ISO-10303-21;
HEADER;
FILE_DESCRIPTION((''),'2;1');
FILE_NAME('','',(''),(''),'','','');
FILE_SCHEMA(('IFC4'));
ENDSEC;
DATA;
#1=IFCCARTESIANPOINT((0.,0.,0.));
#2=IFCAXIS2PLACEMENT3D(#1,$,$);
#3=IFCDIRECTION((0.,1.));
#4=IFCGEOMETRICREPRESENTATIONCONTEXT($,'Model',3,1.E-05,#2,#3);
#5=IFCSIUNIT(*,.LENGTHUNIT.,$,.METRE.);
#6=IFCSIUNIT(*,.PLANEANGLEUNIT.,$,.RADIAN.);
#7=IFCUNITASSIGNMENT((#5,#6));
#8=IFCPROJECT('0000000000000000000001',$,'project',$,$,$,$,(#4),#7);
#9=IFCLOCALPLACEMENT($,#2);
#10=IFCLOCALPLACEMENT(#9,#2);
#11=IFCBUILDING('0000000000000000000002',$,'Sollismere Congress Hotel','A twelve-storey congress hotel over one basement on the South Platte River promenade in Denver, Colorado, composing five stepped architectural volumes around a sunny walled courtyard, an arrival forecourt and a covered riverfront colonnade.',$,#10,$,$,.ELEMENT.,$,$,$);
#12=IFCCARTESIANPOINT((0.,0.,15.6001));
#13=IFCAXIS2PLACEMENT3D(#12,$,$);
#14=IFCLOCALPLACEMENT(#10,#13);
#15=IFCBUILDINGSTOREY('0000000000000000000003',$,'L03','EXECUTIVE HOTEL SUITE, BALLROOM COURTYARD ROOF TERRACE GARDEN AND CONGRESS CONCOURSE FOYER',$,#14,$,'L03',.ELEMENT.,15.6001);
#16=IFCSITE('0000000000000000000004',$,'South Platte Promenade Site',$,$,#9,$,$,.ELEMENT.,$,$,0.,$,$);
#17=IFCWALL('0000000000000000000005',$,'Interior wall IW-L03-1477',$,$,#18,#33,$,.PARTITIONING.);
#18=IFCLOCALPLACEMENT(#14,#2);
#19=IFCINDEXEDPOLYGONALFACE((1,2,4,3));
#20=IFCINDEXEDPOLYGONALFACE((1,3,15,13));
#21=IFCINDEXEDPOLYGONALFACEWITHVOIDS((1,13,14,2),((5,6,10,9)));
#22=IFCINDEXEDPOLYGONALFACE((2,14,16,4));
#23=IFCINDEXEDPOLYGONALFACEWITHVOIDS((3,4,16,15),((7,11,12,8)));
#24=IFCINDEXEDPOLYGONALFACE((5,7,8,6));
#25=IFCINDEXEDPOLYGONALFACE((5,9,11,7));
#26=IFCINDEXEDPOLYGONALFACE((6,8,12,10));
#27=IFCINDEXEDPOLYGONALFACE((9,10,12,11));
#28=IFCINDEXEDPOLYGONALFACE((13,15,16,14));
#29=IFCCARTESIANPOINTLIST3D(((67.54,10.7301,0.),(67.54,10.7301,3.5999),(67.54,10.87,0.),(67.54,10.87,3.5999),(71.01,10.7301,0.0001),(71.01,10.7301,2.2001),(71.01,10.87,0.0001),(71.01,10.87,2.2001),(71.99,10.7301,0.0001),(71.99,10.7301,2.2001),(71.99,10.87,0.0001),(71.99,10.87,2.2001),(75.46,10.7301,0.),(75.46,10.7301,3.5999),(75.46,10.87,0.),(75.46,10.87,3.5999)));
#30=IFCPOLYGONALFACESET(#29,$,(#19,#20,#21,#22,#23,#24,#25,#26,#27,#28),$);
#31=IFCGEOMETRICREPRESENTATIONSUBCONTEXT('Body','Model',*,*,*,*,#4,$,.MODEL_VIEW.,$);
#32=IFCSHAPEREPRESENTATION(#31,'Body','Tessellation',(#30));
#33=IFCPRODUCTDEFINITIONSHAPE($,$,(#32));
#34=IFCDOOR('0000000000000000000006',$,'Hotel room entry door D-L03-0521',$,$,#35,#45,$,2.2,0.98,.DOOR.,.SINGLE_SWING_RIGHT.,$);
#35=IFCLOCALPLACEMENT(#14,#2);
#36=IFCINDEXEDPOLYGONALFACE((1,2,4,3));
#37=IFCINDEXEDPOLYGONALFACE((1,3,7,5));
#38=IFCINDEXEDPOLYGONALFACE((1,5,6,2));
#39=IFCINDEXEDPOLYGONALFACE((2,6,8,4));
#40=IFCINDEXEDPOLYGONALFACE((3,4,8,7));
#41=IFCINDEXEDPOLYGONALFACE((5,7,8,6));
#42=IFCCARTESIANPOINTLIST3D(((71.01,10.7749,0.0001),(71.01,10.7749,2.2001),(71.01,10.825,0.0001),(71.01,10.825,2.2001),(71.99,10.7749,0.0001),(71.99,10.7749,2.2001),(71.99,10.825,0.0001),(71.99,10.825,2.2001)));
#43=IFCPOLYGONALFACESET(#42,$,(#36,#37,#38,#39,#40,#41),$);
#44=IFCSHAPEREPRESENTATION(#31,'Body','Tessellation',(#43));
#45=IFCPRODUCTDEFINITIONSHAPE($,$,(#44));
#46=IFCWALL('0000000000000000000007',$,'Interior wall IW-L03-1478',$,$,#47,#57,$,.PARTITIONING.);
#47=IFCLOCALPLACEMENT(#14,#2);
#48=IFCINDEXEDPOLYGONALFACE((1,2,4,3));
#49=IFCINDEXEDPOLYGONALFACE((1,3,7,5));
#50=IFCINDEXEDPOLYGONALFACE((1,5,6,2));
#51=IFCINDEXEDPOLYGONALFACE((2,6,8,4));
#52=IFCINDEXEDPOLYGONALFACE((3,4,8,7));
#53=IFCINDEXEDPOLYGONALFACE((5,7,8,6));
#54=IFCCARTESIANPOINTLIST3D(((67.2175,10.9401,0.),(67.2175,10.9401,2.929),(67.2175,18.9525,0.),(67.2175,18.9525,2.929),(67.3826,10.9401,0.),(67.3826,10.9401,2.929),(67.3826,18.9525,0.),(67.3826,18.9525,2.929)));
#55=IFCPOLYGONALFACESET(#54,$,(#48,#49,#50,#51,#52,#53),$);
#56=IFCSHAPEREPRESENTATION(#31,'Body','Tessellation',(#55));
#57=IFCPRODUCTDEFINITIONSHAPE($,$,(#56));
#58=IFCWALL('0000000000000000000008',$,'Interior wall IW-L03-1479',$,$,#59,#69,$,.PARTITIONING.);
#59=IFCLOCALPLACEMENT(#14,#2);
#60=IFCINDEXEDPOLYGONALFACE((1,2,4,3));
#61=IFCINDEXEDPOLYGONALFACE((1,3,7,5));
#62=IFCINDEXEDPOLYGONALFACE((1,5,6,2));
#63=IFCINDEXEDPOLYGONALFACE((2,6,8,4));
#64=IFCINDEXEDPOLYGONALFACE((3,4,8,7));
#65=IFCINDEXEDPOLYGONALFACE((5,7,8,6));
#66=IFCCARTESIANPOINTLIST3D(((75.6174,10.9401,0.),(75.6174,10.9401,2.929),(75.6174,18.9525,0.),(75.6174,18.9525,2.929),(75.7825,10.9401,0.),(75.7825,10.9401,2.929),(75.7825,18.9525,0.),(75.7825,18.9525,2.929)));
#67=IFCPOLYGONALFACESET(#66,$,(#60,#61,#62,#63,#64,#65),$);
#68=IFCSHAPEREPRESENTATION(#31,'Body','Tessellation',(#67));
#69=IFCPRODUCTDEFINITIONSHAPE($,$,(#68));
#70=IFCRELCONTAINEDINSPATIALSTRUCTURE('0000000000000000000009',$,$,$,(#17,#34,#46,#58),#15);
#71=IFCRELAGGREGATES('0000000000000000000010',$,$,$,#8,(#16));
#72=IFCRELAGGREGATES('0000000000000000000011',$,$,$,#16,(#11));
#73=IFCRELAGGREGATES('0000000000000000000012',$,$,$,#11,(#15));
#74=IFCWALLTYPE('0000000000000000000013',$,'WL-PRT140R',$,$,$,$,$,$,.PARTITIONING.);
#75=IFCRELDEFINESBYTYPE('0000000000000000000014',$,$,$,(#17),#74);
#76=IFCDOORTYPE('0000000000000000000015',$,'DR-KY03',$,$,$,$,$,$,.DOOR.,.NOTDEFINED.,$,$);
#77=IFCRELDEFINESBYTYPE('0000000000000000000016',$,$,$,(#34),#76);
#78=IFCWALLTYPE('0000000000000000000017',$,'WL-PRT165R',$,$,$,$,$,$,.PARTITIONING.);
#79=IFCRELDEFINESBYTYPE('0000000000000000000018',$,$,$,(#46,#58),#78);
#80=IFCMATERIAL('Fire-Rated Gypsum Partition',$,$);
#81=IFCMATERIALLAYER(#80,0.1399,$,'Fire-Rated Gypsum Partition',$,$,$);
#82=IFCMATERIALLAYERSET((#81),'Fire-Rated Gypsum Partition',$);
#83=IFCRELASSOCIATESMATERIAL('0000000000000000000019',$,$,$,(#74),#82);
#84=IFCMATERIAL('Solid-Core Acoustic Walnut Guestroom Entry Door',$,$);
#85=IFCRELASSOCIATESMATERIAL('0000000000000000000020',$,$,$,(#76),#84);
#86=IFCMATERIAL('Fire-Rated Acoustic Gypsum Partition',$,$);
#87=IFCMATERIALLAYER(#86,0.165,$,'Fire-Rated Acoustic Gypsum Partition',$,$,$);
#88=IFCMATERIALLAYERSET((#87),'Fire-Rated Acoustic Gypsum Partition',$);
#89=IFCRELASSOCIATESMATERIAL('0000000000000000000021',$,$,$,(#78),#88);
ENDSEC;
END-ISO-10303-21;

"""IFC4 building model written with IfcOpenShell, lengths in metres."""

from ifc_helpers import new_model, si_unit, direction, frame, frame_2d, origin, place, context, subcontext, project, spatial, rectangle, extrude, material, layer, layer_set, type_object, element, fill, save


model = new_model("IFC4")

# Units and contexts
model_context = context("Model", 3, precision=1e-05, world=origin(), true_north=direction((0.0, 1.0)))
body_context = subcontext(model_context, "Body", "Model", "MODEL_VIEW")
ifc_project = project(units=[si_unit("LENGTHUNIT", "METRE"), si_unit("PLANEANGLEUNIT", "RADIAN")], contexts=[model_context])

# Site, building, storey
site_placement = place(None, origin())
site = spatial("IfcSite", under=ifc_project, at=site_placement, Name="South Platte Promenade Site", CompositionType="ELEMENT", RefElevation=0.0)
building_placement = place(site_placement, origin())
building = spatial("IfcBuilding", under=site, at=building_placement, Name="Sollismere Congress Hotel", Description="A twelve-storey congress hotel over one basement on the South Platte River promenade in Denver, Colorado, composing five stepped architectural volumes around a sunny walled courtyard, an arrival forecourt and a covered riverfront colonnade.", CompositionType="ELEMENT")
storey_placement = place(building_placement, frame((0.0, 0.0, 15.6001)))
storey = spatial("IfcBuildingStorey", under=building, at=storey_placement, Name="L03", Description="EXECUTIVE HOTEL SUITE, BALLROOM COURTYARD ROOF TERRACE GARDEN AND CONGRESS CONCOURSE FOYER", LongName="L03", CompositionType="ELEMENT", Elevation=15.6001)

# Wall, opening, door
ifc_material_1 = material(Name="Fire-Rated Gypsum Partition")
ifc_layer_1 = layer(ifc_material_1, 0.1399, Name="Fire-Rated Gypsum Partition")
ifc_layer_set_1 = layer_set([ifc_layer_1], Name="Fire-Rated Gypsum Partition")
wall_type_1 = type_object("IfcWallType", Name="WL-PRT140R", PredefinedType="PARTITIONING", material=ifc_layer_set_1)
ifc_material_2 = material(Name="Solid-Core Acoustic Walnut Guestroom Entry Door")
wall_1_placement = place(storey_placement, frame((67.54, 10.8, 0.0), z_axis=(0.0, 0.0, 1.0), x_axis=(1.0, 0.0, 0.0)))
wall_1 = element("IfcWall", 1, at=wall_1_placement, inside=storey, type_object=wall_type_1, Name="Interior wall IW-L03-1477", PredefinedType="PARTITIONING", context=body_context, shape_type="SweptSolid", body=[
    extrude(rectangle(XDim=7.9199, YDim=0.1399, at=frame_2d((3.96, 0.0))), origin(), (0.0, 0.0, 1.0), 3.5999),
])
opening_1_placement = place(wall_1_placement, frame((3.47, 0.0, 0.0)))
opening_1 = element("IfcOpeningElement", 2, at=opening_1_placement, cuts=wall_1, PredefinedType="OPENING", context=body_context, shape_type="SweptSolid", body=[
    extrude(rectangle(XDim=0.98, YDim=2.2, at=frame_2d((0.49, 1.1001))), frame((0.0, 0.0798, 0.0), z_axis=(0.0, -1.0, 0.0), x_axis=(1.0, 0.0, 0.0)), (0.0, 0.0, 1.0), 0.1599),
])
door_type_1 = type_object("IfcDoorType", Name="DR-KY03", OperationType="NOTDEFINED", PredefinedType="DOOR", material=ifc_material_2)
door_1_placement = place(opening_1_placement, origin())
door_1 = element("IfcDoor", 3, at=door_1_placement, inside=storey, type_object=door_type_1, Name="Hotel room entry door D-L03-0521", OperationType="SINGLE_SWING_RIGHT", OverallHeight=2.2, OverallWidth=0.98, PredefinedType="DOOR", context=body_context, shape_type="SweptSolid", body=[
    extrude(rectangle(XDim=0.98, YDim=2.2, at=frame_2d((0.49, 1.1001))), frame((0.0, 0.0249, 0.0), z_axis=(0.0, -1.0, 0.0), x_axis=(1.0, 0.0, 0.0)), (0.0, 0.0, 1.0), 0.05),
])
fill(opening_1, door_1)

# Walls
ifc_material_3 = material(Name="Fire-Rated Acoustic Gypsum Partition")
ifc_layer_2 = layer(ifc_material_3, 0.165, Name="Fire-Rated Acoustic Gypsum Partition")
ifc_layer_set_2 = layer_set([ifc_layer_2], Name="Fire-Rated Acoustic Gypsum Partition")
wall_type_2 = type_object("IfcWallType", Name="WL-PRT165R", PredefinedType="PARTITIONING", material=ifc_layer_set_2)
for number, where, z_axis, x_axis, name in (
    (4, (67.3, 10.9399, 0.0), (0.0, 0.0, 1.0), (0.0, 1.0, 0.0), "Interior wall IW-L03-1478"),
    (5, (75.7, 10.9399, 0.0), (0.0, 0.0, 1.0), (0.0, 1.0, 0.0), "Interior wall IW-L03-1479"),
):
    element("IfcWall", number, at=place(storey_placement, frame(where, z_axis=z_axis, x_axis=x_axis)), inside=storey, type_object=wall_type_2, Name=name, PredefinedType="PARTITIONING", context=body_context, shape_type="SweptSolid", body=[
        extrude(rectangle(XDim=8.0125, YDim=0.165, at=frame_2d((4.0063, 0.0))), origin(), (0.0, 0.0, 1.0), 2.929),
    ])

save(model, "model.ifc")
